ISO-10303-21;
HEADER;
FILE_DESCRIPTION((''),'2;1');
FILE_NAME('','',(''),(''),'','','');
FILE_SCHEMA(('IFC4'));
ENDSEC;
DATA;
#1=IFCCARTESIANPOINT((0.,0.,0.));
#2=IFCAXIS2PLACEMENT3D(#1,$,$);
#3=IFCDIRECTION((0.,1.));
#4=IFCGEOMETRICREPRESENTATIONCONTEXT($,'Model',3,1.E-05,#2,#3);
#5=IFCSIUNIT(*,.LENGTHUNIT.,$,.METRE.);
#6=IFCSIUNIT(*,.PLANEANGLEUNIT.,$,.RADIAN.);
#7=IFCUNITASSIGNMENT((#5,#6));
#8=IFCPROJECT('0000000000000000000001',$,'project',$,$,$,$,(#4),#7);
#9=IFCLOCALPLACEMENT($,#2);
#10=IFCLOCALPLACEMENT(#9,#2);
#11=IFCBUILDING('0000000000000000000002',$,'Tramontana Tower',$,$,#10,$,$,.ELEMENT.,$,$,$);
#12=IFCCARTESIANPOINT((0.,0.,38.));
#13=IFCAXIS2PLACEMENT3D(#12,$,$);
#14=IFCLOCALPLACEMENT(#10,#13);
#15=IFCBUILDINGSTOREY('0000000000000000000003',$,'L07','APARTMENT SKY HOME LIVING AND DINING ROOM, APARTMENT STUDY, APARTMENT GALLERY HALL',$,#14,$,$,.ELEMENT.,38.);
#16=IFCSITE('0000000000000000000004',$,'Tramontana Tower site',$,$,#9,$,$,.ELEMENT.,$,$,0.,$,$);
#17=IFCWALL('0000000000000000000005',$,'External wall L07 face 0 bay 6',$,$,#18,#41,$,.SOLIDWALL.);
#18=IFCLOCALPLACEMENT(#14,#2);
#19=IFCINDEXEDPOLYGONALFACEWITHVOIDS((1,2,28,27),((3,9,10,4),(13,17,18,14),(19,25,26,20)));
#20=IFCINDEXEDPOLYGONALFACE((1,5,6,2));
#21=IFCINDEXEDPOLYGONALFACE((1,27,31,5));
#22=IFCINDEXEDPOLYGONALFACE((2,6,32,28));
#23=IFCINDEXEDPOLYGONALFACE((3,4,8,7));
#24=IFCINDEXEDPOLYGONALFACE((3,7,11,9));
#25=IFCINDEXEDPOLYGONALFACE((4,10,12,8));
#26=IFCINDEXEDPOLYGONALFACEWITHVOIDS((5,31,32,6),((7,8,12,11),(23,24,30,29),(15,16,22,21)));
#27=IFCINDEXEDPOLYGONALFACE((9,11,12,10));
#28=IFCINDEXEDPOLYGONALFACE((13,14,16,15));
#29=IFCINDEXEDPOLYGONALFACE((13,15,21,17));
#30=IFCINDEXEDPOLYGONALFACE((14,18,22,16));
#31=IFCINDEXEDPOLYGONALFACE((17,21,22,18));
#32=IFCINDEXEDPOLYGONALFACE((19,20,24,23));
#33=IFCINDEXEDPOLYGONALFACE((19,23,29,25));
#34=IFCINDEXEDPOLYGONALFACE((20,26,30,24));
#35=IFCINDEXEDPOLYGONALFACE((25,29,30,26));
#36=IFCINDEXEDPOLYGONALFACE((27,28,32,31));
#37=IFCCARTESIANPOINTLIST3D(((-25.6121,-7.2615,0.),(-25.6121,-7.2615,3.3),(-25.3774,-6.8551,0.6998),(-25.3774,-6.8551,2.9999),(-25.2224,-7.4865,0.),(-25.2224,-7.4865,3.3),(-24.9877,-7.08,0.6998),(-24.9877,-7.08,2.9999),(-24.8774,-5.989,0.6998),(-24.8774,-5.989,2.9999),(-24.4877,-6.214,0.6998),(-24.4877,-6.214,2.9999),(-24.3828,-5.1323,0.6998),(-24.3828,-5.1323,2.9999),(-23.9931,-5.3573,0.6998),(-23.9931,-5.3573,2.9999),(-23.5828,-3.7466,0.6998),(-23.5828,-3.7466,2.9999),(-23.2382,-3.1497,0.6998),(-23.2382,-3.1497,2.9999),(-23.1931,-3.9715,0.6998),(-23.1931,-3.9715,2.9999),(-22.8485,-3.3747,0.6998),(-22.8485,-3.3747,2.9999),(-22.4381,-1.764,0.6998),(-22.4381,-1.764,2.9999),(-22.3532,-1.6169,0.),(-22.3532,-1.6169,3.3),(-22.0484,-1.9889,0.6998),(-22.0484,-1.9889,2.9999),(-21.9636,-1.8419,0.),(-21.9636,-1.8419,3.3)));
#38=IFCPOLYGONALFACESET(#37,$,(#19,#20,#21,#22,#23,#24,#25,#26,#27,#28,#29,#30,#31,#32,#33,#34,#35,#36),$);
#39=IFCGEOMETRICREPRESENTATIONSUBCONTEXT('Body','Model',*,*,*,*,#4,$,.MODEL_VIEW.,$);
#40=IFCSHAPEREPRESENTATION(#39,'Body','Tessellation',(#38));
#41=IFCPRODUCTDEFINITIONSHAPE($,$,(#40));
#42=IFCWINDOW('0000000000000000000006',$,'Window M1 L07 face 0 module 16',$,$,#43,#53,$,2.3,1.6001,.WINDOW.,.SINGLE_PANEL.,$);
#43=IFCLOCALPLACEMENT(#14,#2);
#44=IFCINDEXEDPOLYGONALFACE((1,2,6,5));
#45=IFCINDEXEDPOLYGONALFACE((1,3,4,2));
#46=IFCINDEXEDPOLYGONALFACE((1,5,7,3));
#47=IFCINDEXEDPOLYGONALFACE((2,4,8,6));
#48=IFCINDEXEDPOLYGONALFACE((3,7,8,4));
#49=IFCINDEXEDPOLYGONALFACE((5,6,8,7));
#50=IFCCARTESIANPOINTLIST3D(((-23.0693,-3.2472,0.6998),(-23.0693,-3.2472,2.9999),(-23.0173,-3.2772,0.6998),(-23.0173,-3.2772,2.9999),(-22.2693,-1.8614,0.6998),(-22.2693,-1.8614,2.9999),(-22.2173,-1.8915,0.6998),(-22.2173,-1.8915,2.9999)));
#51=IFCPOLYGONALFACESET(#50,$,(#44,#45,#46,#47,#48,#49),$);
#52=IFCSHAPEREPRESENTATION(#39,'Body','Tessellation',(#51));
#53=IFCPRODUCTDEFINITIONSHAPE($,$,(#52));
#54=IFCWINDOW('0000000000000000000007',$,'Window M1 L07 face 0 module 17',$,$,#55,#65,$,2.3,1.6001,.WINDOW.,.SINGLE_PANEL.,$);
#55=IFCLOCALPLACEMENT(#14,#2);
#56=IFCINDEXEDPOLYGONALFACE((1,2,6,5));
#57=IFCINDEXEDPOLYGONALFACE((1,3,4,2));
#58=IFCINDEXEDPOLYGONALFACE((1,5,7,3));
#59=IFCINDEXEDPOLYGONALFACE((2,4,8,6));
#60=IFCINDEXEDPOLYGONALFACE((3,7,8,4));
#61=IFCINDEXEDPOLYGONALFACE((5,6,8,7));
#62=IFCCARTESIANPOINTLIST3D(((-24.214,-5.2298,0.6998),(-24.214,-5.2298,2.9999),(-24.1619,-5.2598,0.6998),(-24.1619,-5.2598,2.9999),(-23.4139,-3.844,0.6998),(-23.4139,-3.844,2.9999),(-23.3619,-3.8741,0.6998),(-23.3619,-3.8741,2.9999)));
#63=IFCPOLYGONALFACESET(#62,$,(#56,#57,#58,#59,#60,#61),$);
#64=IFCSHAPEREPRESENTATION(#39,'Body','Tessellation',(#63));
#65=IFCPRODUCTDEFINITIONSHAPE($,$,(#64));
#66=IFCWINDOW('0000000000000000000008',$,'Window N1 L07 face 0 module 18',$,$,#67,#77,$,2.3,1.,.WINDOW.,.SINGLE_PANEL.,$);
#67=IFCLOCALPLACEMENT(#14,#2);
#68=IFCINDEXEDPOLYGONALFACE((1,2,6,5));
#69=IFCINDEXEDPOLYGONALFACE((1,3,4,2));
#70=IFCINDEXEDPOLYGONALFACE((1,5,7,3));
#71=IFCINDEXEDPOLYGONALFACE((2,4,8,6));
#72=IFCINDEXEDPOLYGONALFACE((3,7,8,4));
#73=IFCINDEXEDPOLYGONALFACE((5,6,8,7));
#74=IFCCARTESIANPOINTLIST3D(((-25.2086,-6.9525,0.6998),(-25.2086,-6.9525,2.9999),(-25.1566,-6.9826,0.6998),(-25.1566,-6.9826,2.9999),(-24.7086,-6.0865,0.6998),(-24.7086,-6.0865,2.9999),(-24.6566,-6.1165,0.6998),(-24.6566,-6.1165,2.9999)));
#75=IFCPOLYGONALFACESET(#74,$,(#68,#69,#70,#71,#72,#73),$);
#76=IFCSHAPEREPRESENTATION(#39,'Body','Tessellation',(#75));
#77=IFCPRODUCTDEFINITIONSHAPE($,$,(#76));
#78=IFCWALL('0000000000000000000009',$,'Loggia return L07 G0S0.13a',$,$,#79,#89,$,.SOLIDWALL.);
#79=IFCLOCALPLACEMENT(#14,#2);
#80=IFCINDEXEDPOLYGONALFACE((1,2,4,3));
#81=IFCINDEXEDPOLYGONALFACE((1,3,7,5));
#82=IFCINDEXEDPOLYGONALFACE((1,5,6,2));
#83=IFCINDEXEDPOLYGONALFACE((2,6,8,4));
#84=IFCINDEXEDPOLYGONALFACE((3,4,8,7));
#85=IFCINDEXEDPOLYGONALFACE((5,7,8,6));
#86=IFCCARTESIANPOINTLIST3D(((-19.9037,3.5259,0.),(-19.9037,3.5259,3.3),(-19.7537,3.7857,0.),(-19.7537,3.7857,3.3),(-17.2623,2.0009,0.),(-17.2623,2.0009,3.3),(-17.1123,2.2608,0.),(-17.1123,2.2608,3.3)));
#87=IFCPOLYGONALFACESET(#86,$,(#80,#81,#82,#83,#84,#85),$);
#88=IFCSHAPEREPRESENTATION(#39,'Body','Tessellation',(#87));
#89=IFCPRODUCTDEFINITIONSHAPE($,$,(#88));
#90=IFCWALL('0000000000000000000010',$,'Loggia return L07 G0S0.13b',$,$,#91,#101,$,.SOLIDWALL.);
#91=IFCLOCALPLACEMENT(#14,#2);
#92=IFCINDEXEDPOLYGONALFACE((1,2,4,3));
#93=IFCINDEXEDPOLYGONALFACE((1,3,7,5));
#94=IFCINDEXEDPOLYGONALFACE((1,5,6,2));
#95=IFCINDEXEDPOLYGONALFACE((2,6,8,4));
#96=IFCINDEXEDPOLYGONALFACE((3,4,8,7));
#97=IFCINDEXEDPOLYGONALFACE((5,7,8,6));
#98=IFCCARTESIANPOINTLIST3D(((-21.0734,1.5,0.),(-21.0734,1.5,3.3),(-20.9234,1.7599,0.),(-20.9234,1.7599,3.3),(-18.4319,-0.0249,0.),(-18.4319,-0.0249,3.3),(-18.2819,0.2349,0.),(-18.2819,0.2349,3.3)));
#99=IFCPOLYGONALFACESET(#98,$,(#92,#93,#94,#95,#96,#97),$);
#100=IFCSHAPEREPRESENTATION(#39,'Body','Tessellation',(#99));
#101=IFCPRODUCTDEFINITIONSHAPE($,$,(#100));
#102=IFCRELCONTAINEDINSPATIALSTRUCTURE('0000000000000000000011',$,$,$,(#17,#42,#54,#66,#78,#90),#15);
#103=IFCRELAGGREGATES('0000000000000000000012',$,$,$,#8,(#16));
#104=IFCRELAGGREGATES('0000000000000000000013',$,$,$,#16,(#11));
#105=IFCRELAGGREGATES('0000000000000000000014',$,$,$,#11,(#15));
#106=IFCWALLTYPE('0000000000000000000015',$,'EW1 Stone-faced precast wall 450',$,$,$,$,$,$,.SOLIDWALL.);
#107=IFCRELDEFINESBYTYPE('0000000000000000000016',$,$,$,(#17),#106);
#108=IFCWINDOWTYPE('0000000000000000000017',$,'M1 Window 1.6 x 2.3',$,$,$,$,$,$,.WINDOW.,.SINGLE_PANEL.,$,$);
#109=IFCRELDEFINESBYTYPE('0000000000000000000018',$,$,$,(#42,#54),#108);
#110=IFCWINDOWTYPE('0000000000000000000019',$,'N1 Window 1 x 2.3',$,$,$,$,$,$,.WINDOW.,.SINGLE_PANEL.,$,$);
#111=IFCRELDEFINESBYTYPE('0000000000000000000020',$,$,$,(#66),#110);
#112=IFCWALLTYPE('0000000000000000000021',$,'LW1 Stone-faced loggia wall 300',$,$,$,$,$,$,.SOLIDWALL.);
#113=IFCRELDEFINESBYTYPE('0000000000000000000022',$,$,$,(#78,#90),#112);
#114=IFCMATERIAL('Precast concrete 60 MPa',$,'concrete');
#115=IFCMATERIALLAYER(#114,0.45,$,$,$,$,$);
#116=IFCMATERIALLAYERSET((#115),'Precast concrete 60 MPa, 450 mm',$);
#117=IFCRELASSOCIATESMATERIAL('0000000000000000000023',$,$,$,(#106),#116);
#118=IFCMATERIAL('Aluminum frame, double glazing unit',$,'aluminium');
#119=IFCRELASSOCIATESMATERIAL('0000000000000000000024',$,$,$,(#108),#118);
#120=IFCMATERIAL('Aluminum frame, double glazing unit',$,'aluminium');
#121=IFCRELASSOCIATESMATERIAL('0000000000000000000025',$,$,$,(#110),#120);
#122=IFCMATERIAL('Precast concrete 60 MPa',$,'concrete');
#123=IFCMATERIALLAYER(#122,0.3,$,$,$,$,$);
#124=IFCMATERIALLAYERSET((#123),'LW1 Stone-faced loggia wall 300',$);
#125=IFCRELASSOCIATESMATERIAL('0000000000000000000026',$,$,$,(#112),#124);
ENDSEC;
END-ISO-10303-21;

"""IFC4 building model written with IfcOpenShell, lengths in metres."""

from ifc_helpers import new_model, si_unit, direction, frame, frame_2d, origin, place, context, subcontext, project, spatial, rectangle, extrude, material, layer, layer_set, type_object, element, fill, save


model = new_model("IFC4")

# Units and contexts
model_context = context("Model", 3, precision=1e-05, world=origin(), true_north=direction((0.0, 1.0)))
body_context = subcontext(model_context, "Body", "Model", "MODEL_VIEW")
ifc_project = project(units=[si_unit("LENGTHUNIT", "METRE"), si_unit("PLANEANGLEUNIT", "RADIAN")], contexts=[model_context])

# Site, building, storey
site_placement = place(None, origin())
site = spatial("IfcSite", under=ifc_project, at=site_placement, Name="Tramontana Tower site", CompositionType="ELEMENT", RefElevation=0.0)
building_placement = place(site_placement, origin())
building = spatial("IfcBuilding", under=site, at=building_placement, Name="Tramontana Tower", CompositionType="ELEMENT")
storey_placement = place(building_placement, frame((0.0, 0.0, 38.0)))
storey = spatial("IfcBuildingStorey", under=building, at=storey_placement, Name="L07", Description="APARTMENT SKY HOME LIVING AND DINING ROOM, APARTMENT STUDY, APARTMENT GALLERY HALL", CompositionType="ELEMENT", Elevation=38.0)

# Shared definitions
ifc_material_1 = material(Name="Precast concrete 60 MPa", Category="concrete")
ifc_layer_1 = layer(ifc_material_1, 0.45)
ifc_layer_set_1 = layer_set([ifc_layer_1], Name="Precast concrete 60 MPa, 450 mm")
wall_type_1 = type_object("IfcWallType", Name="EW1 Stone-faced precast wall 450", PredefinedType="SOLIDWALL", material=ifc_layer_set_1)
ifc_material_2 = material(Name="Aluminum frame, double glazing unit", Category="aluminium")
window_type_1 = type_object("IfcWindowType", Name="M1 Window 1.6 x 2.3", PartitioningType="SINGLE_PANEL", PredefinedType="WINDOW", material=ifc_material_2)

# Wall, openings, windows
wall_1_placement = place(storey_placement, frame((-22.1584, -1.7295, 0.0), z_axis=(0.0, 0.0, 1.0), x_axis=(-0.49999, -0.866031, 0.0)))
wall_1 = element("IfcWall", 1, at=wall_1_placement, inside=storey, type_object=wall_type_1, Name="External wall L07 face 0 bay 6", PredefinedType="SOLIDWALL", context=body_context, shape_type="SweptSolid", body=[
    extrude(rectangle(XDim=6.5178, YDim=0.45, at=frame_2d((3.2588, 0.0))), origin(), (0.0, 0.0, 1.0), 3.3),
])
opening_1_placement = place(wall_1_placement, frame((0.1697, 0.0, 0.7)))
opening_1 = element("IfcOpeningElement", 2, at=opening_1_placement, cuts=wall_1, PredefinedType="OPENING", context=body_context, shape_type="SweptSolid", body=[
    extrude(rectangle(XDim=1.6001, YDim=2.3, at=frame_2d((0.8, 1.1499))), frame((0.0, 0.2349, 0.0), z_axis=(0.0, -1.0, 0.0), x_axis=(1.0, 0.0, 0.0)), (0.0, 0.0, 1.0), 0.47),
])
opening_2_placement = place(wall_1_placement, frame((2.459, 0.0, 0.7)))
opening_2 = element("IfcOpeningElement", 3, at=opening_2_placement, cuts=wall_1, PredefinedType="OPENING", context=body_context, shape_type="SweptSolid", body=[
    extrude(rectangle(XDim=1.6001, YDim=2.3, at=frame_2d((0.8, 1.1499))), frame((0.0, 0.2349, 0.0), z_axis=(0.0, -1.0, 0.0), x_axis=(1.0, 0.0, 0.0)), (0.0, 0.0, 1.0), 0.47),
])
opening_3_placement = place(wall_1_placement, frame((5.0483, 0.0, 0.7)))
opening_3 = element("IfcOpeningElement", 4, at=opening_3_placement, cuts=wall_1, PredefinedType="OPENING", context=body_context, shape_type="SweptSolid", body=[
    extrude(rectangle(XDim=1.0, YDim=2.3, at=frame_2d((0.5, 1.1499))), frame((0.0, 0.2349, 0.0), z_axis=(0.0, -1.0, 0.0), x_axis=(1.0, 0.0, 0.0)), (0.0, 0.0, 1.0), 0.47),
])
window_1_placement = place(opening_1_placement, origin())
window_1 = element("IfcWindow", 5, at=window_1_placement, inside=storey, type_object=window_type_1, Name="Window M1 L07 face 0 module 16", OverallHeight=2.3, OverallWidth=1.6001, PartitioningType="SINGLE_PANEL", PredefinedType="WINDOW", context=body_context, shape_type="SweptSolid", body=[
    extrude(rectangle(XDim=1.6001, YDim=2.3, at=frame_2d((0.8, 1.1499))), frame((0.0, 0.03, 0.0), z_axis=(0.0, -1.0, 0.0), x_axis=(1.0, 0.0, 0.0)), (0.0, 0.0, 1.0), 0.0601),
])
fill(opening_1, window_1)
window_2_placement = place(opening_2_placement, origin())
window_2 = element("IfcWindow", 6, at=window_2_placement, inside=storey, type_object=window_type_1, Name="Window M1 L07 face 0 module 17", OverallHeight=2.3, OverallWidth=1.6001, PartitioningType="SINGLE_PANEL", PredefinedType="WINDOW", context=body_context, shape_type="SweptSolid", body=[
    extrude(rectangle(XDim=1.6001, YDim=2.3, at=frame_2d((0.8, 1.1499))), frame((0.0, 0.03, 0.0), z_axis=(0.0, -1.0, 0.0), x_axis=(1.0, 0.0, 0.0)), (0.0, 0.0, 1.0), 0.0601),
])
fill(opening_2, window_2)
ifc_material_3 = material(Name="Aluminum frame, double glazing unit", Category="aluminium")
window_type_2 = type_object("IfcWindowType", Name="N1 Window 1 x 2.3", PartitioningType="SINGLE_PANEL", PredefinedType="WINDOW", material=ifc_material_3)
window_3_placement = place(opening_3_placement, origin())
window_3 = element("IfcWindow", 7, at=window_3_placement, inside=storey, type_object=window_type_2, Name="Window N1 L07 face 0 module 18", OverallHeight=2.3, OverallWidth=1.0, PartitioningType="SINGLE_PANEL", PredefinedType="WINDOW", context=body_context, shape_type="SweptSolid", body=[
    extrude(rectangle(XDim=1.0, YDim=2.3, at=frame_2d((0.5, 1.1499))), frame((0.0, 0.03, 0.0), z_axis=(0.0, -1.0, 0.0), x_axis=(1.0, 0.0, 0.0)), (0.0, 0.0, 1.0), 0.0601),
])
fill(opening_3, window_3)

# Shared definitions
ifc_material_4 = material(Name="Precast concrete 60 MPa", Category="concrete")
ifc_layer_2 = layer(ifc_material_4, 0.3)
ifc_layer_set_2 = layer_set([ifc_layer_2], Name="LW1 Stone-faced loggia wall 300")
wall_type_2 = type_object("IfcWallType", Name="LW1 Stone-faced loggia wall 300", PredefinedType="SOLIDWALL", material=ifc_layer_set_2)

# Walls
for number, where, z_axis, x_axis, name in (
    (8, (-19.8286, 3.6558, 0.0), (0.0, 0.0, 1.0), (0.866038, -0.499979, 0.0), "Loggia return L07 G0S0.13a"),
    (9, (-20.9983, 1.6299, 0.0), (0.0, 0.0, 1.0), (0.866038, -0.499979, 0.0), "Loggia return L07 G0S0.13b"),
):
    element("IfcWall", number, at=place(storey_placement, frame(where, z_axis=z_axis, x_axis=x_axis)), inside=storey, type_object=wall_type_2, Name=name, PredefinedType="SOLIDWALL", context=body_context, shape_type="SweptSolid", body=[
        extrude(rectangle(XDim=3.05, YDim=0.3, at=frame_2d((1.5249, 0.0))), origin(), (0.0, 0.0, 1.0), 3.3),
    ])

save(model, "model.ifc")
